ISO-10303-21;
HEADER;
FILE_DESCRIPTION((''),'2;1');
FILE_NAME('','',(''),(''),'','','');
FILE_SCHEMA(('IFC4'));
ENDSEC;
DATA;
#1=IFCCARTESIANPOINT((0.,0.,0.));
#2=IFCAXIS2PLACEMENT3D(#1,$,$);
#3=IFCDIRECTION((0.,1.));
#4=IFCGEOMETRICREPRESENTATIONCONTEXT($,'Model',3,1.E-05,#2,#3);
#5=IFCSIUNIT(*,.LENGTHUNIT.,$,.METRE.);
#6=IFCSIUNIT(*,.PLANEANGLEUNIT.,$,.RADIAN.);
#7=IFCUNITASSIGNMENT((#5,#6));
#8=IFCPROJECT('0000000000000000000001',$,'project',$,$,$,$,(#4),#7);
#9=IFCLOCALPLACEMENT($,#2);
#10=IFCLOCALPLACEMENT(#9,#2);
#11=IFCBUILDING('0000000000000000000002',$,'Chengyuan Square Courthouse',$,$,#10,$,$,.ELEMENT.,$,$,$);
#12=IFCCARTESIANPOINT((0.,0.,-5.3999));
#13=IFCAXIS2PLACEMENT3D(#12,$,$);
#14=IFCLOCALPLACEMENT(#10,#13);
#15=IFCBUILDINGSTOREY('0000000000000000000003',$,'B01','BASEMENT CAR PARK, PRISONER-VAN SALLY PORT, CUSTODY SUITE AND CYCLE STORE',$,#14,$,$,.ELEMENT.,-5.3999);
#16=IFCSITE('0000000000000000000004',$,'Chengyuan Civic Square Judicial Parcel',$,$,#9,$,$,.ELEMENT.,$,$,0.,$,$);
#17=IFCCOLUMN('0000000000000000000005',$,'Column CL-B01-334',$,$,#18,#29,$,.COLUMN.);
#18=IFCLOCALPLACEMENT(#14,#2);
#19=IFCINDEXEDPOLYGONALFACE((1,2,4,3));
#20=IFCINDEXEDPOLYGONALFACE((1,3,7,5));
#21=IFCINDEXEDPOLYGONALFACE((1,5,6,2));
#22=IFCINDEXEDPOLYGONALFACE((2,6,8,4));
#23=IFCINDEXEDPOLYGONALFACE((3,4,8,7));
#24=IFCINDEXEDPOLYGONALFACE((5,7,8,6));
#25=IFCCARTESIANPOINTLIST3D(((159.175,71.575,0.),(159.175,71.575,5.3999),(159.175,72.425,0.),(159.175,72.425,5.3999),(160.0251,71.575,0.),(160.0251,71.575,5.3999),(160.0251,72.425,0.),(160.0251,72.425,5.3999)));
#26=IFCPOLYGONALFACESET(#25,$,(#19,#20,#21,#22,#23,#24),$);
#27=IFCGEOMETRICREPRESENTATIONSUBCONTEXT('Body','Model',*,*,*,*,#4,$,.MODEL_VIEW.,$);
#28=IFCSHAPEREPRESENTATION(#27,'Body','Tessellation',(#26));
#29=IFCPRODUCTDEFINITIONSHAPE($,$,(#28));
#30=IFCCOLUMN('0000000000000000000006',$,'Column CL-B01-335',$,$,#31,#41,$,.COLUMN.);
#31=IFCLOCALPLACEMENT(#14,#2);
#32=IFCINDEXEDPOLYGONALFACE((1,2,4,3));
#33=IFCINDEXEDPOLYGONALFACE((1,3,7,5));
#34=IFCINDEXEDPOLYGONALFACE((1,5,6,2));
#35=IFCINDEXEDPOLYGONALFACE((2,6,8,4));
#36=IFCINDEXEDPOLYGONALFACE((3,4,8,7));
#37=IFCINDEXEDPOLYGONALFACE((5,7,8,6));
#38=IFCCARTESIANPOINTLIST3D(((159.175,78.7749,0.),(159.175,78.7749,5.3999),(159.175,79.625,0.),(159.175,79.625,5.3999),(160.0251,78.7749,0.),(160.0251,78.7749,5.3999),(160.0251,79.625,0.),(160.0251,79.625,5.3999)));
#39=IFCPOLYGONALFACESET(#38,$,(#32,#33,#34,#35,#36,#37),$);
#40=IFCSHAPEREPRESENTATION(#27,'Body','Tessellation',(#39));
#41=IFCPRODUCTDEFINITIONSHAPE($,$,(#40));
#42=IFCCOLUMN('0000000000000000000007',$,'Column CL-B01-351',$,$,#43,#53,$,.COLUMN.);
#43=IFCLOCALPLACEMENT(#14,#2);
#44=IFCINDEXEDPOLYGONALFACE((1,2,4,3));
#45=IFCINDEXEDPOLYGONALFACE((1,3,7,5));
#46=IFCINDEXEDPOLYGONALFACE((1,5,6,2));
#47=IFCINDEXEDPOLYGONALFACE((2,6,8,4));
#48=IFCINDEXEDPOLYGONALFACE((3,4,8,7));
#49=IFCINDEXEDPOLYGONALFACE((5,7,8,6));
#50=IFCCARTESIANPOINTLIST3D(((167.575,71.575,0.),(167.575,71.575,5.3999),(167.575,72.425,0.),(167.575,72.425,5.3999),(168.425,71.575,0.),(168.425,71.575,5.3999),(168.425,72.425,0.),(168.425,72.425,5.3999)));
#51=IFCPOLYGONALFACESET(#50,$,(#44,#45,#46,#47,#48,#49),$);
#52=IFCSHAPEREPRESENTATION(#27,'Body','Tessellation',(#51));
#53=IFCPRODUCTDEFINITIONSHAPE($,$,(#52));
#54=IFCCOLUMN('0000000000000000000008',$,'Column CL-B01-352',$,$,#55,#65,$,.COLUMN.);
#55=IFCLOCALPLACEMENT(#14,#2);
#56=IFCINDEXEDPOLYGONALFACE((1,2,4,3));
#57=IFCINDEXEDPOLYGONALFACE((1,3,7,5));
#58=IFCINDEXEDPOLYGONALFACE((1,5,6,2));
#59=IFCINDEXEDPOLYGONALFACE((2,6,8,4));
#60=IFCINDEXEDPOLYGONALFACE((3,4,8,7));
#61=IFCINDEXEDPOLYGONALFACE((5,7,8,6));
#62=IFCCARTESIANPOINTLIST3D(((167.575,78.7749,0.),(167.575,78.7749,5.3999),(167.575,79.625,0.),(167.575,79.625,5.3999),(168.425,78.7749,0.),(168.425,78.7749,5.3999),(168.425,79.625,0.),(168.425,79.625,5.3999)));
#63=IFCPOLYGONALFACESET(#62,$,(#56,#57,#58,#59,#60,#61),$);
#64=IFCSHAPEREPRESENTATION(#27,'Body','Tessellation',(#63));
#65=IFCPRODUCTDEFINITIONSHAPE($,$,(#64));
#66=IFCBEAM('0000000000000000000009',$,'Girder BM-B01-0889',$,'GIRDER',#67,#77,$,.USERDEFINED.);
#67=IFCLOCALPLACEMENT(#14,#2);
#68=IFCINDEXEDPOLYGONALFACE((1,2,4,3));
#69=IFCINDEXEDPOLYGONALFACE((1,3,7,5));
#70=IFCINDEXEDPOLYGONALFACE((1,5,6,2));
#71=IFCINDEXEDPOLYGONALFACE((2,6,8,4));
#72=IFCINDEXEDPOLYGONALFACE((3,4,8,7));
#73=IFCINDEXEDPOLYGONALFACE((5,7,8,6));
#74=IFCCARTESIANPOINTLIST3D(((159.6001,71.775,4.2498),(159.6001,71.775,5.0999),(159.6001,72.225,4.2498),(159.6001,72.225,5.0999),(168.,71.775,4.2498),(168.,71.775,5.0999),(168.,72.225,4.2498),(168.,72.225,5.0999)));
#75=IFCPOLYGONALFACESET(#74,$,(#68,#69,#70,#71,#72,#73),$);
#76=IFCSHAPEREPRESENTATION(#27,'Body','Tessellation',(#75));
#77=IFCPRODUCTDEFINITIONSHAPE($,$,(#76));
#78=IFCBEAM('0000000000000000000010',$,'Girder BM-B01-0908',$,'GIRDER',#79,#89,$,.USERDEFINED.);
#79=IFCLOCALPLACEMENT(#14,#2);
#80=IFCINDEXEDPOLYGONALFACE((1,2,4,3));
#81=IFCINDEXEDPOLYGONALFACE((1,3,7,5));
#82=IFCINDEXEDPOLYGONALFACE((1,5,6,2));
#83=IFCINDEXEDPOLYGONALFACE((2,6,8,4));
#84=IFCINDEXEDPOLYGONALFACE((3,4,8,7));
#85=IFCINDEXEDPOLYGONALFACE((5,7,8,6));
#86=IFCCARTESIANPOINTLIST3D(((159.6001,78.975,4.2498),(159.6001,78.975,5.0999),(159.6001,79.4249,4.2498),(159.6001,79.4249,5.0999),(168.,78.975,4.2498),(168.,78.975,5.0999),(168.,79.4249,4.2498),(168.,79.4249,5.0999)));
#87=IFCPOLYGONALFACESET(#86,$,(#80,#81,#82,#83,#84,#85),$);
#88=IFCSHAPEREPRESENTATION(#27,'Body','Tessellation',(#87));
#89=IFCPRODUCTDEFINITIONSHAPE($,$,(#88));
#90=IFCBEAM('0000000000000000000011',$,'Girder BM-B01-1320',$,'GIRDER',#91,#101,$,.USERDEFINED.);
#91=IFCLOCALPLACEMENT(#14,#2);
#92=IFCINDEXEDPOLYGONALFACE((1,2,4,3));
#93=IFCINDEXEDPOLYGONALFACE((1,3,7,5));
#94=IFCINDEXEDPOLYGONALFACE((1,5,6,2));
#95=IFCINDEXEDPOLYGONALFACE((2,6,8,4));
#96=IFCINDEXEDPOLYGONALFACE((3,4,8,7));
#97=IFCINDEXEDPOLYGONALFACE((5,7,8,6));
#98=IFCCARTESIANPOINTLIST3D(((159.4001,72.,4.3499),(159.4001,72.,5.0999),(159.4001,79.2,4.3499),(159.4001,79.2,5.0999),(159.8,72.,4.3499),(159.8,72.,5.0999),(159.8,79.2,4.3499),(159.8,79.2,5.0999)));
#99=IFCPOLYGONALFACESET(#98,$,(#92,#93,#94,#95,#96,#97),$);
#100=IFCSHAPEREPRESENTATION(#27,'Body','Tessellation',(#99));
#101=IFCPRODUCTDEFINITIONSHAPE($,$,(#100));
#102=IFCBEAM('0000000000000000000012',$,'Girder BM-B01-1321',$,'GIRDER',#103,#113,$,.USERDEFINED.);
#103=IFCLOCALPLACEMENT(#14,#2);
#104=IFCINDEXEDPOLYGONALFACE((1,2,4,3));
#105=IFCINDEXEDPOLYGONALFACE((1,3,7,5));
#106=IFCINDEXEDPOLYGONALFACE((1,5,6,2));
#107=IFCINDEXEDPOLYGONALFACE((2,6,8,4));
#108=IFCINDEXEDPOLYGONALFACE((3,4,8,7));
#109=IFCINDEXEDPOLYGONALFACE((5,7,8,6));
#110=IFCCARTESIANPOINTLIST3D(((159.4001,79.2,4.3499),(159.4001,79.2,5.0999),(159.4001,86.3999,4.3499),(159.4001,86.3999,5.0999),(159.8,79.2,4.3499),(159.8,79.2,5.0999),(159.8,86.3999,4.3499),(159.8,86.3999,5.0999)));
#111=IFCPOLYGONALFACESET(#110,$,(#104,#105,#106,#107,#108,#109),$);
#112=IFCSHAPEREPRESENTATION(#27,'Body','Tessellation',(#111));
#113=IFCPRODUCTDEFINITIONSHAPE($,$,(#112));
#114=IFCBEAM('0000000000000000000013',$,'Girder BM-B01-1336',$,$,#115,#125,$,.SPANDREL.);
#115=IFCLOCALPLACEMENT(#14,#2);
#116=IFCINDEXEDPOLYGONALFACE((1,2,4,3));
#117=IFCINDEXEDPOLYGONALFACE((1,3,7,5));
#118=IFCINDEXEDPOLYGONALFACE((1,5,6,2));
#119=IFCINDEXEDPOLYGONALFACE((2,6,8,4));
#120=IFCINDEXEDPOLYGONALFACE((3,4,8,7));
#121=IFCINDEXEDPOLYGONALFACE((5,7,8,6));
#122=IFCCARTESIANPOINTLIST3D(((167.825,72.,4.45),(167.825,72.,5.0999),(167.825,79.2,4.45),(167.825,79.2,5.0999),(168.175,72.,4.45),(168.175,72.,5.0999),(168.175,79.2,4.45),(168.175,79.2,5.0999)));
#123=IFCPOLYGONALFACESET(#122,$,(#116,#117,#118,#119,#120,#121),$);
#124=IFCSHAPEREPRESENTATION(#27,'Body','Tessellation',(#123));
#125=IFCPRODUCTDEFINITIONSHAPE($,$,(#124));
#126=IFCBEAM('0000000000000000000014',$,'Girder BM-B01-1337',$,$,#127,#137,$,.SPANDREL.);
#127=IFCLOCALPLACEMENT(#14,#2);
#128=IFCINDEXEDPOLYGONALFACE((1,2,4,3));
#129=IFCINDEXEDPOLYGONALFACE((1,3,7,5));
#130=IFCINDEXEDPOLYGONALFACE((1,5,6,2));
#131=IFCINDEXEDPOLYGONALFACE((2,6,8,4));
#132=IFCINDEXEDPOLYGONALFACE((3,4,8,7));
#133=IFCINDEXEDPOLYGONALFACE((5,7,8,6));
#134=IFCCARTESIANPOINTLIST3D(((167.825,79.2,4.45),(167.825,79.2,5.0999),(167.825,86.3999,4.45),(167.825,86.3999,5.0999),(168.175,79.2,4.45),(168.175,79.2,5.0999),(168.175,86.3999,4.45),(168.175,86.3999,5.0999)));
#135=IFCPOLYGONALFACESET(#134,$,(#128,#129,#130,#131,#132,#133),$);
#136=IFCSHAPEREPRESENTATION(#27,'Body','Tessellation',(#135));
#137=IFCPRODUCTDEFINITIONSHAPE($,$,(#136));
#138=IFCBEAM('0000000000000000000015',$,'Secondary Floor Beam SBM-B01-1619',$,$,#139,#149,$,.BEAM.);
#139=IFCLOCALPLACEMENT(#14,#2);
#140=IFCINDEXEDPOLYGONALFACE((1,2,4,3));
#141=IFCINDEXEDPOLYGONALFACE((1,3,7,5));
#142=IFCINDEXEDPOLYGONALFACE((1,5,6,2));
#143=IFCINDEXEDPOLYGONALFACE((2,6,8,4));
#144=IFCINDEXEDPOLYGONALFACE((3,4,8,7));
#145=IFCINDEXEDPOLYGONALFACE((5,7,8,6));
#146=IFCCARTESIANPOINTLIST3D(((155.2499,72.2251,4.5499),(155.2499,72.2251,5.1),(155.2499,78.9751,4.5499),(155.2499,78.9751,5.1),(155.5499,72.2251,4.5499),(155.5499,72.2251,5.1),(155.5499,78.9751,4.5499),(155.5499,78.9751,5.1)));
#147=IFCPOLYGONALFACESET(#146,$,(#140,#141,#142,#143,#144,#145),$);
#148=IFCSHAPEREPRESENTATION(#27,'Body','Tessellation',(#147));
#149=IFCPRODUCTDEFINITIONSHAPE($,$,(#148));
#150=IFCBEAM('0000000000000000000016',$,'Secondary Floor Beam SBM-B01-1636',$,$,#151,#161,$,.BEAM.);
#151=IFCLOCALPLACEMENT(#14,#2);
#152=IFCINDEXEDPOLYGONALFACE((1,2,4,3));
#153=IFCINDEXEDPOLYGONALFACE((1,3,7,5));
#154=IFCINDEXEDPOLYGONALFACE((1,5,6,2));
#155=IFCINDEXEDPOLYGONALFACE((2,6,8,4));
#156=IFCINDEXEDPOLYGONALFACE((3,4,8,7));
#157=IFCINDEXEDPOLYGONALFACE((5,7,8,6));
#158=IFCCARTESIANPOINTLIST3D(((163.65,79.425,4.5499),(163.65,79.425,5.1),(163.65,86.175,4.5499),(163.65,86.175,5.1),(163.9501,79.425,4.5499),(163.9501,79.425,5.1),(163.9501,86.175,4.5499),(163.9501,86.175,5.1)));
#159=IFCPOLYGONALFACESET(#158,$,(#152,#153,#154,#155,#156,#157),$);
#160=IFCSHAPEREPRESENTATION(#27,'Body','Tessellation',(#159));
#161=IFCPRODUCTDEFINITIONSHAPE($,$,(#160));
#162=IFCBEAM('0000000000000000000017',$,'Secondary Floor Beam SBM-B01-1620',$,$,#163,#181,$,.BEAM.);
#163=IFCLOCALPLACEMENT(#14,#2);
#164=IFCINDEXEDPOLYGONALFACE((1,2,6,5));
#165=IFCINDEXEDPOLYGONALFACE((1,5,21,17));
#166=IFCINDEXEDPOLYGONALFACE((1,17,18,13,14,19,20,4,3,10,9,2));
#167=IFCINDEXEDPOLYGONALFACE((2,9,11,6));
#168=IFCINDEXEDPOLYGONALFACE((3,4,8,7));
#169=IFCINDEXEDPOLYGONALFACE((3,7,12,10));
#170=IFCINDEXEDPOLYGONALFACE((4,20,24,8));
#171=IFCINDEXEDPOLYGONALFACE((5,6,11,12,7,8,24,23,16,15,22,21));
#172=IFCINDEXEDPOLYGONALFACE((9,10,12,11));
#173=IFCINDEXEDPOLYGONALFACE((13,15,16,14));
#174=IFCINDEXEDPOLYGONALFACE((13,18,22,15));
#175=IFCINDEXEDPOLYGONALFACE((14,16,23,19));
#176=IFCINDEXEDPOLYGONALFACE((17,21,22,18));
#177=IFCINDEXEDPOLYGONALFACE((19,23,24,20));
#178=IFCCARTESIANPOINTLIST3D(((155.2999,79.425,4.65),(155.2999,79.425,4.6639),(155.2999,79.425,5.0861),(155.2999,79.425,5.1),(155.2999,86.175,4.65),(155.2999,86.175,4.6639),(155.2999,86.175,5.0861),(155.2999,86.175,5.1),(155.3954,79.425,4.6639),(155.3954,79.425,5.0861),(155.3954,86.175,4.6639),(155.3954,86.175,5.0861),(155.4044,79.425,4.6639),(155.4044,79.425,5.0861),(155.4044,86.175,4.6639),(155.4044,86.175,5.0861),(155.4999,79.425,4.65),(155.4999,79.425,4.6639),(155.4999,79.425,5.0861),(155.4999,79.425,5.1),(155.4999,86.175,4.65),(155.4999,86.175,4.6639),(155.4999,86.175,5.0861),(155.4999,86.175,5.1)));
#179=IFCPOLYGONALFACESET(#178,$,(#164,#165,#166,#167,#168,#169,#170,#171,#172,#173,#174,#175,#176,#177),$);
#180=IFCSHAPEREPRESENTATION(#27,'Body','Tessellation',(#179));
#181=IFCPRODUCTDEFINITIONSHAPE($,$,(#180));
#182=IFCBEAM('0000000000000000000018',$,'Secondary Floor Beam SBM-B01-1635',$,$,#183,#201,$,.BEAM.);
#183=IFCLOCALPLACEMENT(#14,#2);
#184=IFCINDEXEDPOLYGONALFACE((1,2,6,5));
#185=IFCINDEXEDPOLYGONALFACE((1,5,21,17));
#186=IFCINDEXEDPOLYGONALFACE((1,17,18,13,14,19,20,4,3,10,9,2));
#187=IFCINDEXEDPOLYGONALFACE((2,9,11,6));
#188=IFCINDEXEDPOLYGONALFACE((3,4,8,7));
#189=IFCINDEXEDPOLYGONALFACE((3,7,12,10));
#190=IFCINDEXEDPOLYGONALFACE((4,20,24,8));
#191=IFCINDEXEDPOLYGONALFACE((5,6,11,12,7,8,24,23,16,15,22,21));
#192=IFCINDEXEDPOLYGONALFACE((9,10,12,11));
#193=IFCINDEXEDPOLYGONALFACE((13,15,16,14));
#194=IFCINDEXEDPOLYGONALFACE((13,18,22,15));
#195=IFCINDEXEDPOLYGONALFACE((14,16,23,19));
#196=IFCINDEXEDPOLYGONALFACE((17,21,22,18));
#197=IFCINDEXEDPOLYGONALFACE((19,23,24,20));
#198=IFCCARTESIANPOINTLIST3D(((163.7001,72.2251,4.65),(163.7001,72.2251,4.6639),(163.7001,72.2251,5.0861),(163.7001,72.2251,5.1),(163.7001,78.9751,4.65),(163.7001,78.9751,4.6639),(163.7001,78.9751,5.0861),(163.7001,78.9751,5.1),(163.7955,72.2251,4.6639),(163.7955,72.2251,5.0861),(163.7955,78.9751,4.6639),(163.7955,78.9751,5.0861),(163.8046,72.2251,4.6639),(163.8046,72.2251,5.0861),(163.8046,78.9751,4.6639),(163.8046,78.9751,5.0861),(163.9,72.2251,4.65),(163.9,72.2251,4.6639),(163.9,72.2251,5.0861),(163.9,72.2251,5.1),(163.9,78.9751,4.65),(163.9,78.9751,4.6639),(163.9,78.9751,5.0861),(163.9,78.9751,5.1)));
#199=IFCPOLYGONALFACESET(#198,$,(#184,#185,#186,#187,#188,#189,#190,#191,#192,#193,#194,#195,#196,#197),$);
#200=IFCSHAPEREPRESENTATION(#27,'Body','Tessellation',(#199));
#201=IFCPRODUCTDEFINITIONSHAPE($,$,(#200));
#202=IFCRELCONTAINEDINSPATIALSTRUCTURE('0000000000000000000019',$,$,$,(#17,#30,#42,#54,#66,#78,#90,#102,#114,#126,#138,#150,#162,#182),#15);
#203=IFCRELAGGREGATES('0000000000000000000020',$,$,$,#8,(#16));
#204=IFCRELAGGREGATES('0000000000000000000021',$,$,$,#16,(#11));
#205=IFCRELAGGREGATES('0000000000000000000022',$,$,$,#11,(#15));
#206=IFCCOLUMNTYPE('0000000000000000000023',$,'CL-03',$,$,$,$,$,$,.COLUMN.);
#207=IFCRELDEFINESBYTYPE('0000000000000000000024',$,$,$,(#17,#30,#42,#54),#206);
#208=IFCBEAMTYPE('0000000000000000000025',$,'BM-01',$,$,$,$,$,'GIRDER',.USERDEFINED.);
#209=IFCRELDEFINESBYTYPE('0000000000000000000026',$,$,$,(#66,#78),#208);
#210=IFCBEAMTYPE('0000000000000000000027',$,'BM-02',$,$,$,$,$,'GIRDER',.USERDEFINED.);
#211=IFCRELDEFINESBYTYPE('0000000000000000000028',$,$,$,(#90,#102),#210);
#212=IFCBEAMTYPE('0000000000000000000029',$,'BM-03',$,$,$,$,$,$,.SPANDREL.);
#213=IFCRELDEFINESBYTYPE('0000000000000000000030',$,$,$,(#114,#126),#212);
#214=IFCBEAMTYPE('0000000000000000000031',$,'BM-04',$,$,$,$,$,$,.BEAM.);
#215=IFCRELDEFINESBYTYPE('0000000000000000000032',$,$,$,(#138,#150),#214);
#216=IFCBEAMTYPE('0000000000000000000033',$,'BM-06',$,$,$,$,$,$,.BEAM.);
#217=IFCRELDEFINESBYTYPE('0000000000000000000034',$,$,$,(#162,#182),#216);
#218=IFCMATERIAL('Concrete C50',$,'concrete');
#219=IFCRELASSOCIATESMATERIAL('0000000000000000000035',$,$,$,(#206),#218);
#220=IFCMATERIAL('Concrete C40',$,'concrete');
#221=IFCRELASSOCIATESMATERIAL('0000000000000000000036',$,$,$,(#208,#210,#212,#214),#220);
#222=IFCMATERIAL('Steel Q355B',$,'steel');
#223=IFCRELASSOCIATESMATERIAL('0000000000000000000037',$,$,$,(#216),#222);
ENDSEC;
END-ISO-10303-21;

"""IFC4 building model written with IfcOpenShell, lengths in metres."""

from ifc_helpers import new_model, si_unit, direction, frame, origin, origin_2d, place, context, subcontext, project, spatial, rectangle, i_section, extrude, material, material_profile, profile_set, type_object, element, save


model = new_model("IFC4")

# Units and contexts
model_context = context("Model", 3, precision=1e-05, world=origin(), true_north=direction((0.0, 1.0)))
body_context = subcontext(model_context, "Body", "Model", "MODEL_VIEW")
ifc_project = project(units=[si_unit("LENGTHUNIT", "METRE"), si_unit("PLANEANGLEUNIT", "RADIAN")], contexts=[model_context])

# Site, building, storey
site_placement = place(None, origin())
site = spatial("IfcSite", under=ifc_project, at=site_placement, Name="Chengyuan Civic Square Judicial Parcel", CompositionType="ELEMENT", RefElevation=0.0)
building_placement = place(site_placement, origin())
building = spatial("IfcBuilding", under=site, at=building_placement, Name="Chengyuan Square Courthouse", CompositionType="ELEMENT")
storey_placement = place(building_placement, frame((0.0, 0.0, -5.3999)))
storey = spatial("IfcBuildingStorey", under=building, at=storey_placement, Name="B01", Description="BASEMENT CAR PARK, PRISONER-VAN SALLY PORT, CUSTODY SUITE AND CYCLE STORE", CompositionType="ELEMENT", Elevation=-5.3999)

# Columns
ifc_material_1 = material(Name="Concrete C50", Category="concrete")
ifc_material_profile_1 = material_profile(ifc_material_1, rectangle(XDim=0.8501, YDim=0.8501, at=origin_2d()), Name="RC-COL-850x850")
ifc_profile_set_1 = profile_set([ifc_material_profile_1], Name="Concrete C50")
column_type = type_object("IfcColumnType", Name="CL-03", PredefinedType="COLUMN", material=ifc_profile_set_1)
for number, where, z_axis, x_axis, name in (
    (1, (159.6001, 72.0, 0.0), (0.0, 0.0, 1.0), (1.0, 0.0, 0.0), "Column CL-B01-334"),
    (2, (159.6001, 79.2, 0.0), (0.0, 0.0, 1.0), (1.0, 0.0, 0.0), "Column CL-B01-335"),
    (3, (168.0, 72.0, 0.0), (0.0, 0.0, 1.0), (1.0, 0.0, 0.0), "Column CL-B01-351"),
    (4, (168.0, 79.2, 0.0), (0.0, 0.0, 1.0), (1.0, 0.0, 0.0), "Column CL-B01-352"),
):
    element("IfcColumn", number, at=place(storey_placement, frame(where, z_axis=z_axis, x_axis=x_axis)), inside=storey, type_object=column_type, Name=name, PredefinedType="COLUMN", context=body_context, shape_type="SweptSolid", body=[
        extrude(rectangle(XDim=0.8501, YDim=0.8501, at=origin_2d()), origin(), (0.0, 0.0, 1.0), 5.3999),
    ])

# Beams
ifc_material_2 = material(Name="Concrete C40", Category="concrete")
ifc_material_profile_2 = material_profile(ifc_material_2, rectangle(XDim=0.45, YDim=0.8501, at=origin_2d()), Name="RC-BM-450x850")
ifc_profile_set_2 = profile_set([ifc_material_profile_2], Name="Concrete C40")
beam_type_1 = type_object("IfcBeamType", Name="BM-01", ElementType="GIRDER", PredefinedType="USERDEFINED", material=ifc_profile_set_2)
for number, where, z_axis, x_axis, name in (
    (5, (159.6001, 72.0, 4.6748), (1.0, 0.0, 0.0), (0.0, 1.0, 0.0), "Girder BM-B01-0889"),
    (6, (159.6001, 79.2, 4.6748), (1.0, 0.0, 0.0), (0.0, 1.0, 0.0), "Girder BM-B01-0908"),
):
    element("IfcBeam", number, at=place(storey_placement, frame(where, z_axis=z_axis, x_axis=x_axis)), inside=storey, type_object=beam_type_1, Name=name, ObjectType="GIRDER", PredefinedType="USERDEFINED", context=body_context, shape_type="SweptSolid", body=[
        extrude(rectangle(XDim=0.45, YDim=0.8501, at=origin_2d()), origin(), (0.0, 0.0, 1.0), 8.3999),
    ])
ifc_material_profile_3 = material_profile(ifc_material_2, rectangle(XDim=0.3999, YDim=0.75, at=origin_2d()), Name="RC-BM-400x750")
ifc_profile_set_3 = profile_set([ifc_material_profile_3], Name="Concrete C40")
beam_type_2 = type_object("IfcBeamType", Name="BM-02", ElementType="GIRDER", PredefinedType="USERDEFINED", material=ifc_profile_set_3)
for number, where, z_axis, x_axis, name in (
    (7, (159.6001, 72.0, 4.7249), (0.0, 1.0, 0.0), (-1.0, 0.0, 0.0), "Girder BM-B01-1320"),
    (8, (159.6001, 79.2, 4.7249), (0.0, 1.0, 0.0), (-1.0, 0.0, 0.0), "Girder BM-B01-1321"),
):
    element("IfcBeam", number, at=place(storey_placement, frame(where, z_axis=z_axis, x_axis=x_axis)), inside=storey, type_object=beam_type_2, Name=name, ObjectType="GIRDER", PredefinedType="USERDEFINED", context=body_context, shape_type="SweptSolid", body=[
        extrude(rectangle(XDim=0.3999, YDim=0.75, at=origin_2d()), origin(), (0.0, 0.0, 1.0), 7.2),
    ])
ifc_material_profile_4 = material_profile(ifc_material_2, rectangle(XDim=0.3501, YDim=0.6499, at=origin_2d()), Name="RC-BM-350x650")
ifc_profile_set_4 = profile_set([ifc_material_profile_4], Name="Concrete C40")
beam_type_3 = type_object("IfcBeamType", Name="BM-03", PredefinedType="SPANDREL", material=ifc_profile_set_4)
for number, where, z_axis, x_axis, name in (
    (9, (168.0, 72.0, 4.7749), (0.0, 1.0, 0.0), (-1.0, 0.0, 0.0), "Girder BM-B01-1336"),
    (10, (168.0, 79.2, 4.7749), (0.0, 1.0, 0.0), (-1.0, 0.0, 0.0), "Girder BM-B01-1337"),
):
    element("IfcBeam", number, at=place(storey_placement, frame(where, z_axis=z_axis, x_axis=x_axis)), inside=storey, type_object=beam_type_3, Name=name, PredefinedType="SPANDREL", context=body_context, shape_type="SweptSolid", body=[
        extrude(rectangle(XDim=0.3501, YDim=0.6499, at=origin_2d()), origin(), (0.0, 0.0, 1.0), 7.2),
    ])
ifc_material_profile_5 = material_profile(ifc_material_2, rectangle(XDim=0.3, YDim=0.55, at=origin_2d()), Name="RC-BM-300x550")
ifc_profile_set_5 = profile_set([ifc_material_profile_5], Name="Concrete C40")
beam_type_4 = type_object("IfcBeamType", Name="BM-04", PredefinedType="BEAM", material=ifc_profile_set_5)
for number, where, z_axis, x_axis, name in (
    (11, (155.3999, 72.2251, 4.825), (0.0, 1.0, 0.0), (-1.0, 0.0, 0.0), "Secondary Floor Beam SBM-B01-1619"),
    (12, (163.8, 79.425, 4.825), (0.0, 1.0, 0.0), (-1.0, 0.0, 0.0), "Secondary Floor Beam SBM-B01-1636"),
):
    element("IfcBeam", number, at=place(storey_placement, frame(where, z_axis=z_axis, x_axis=x_axis)), inside=storey, type_object=beam_type_4, Name=name, PredefinedType="BEAM", context=body_context, shape_type="SweptSolid", body=[
        extrude(rectangle(XDim=0.3, YDim=0.55, at=origin_2d()), origin(), (0.0, 0.0, 1.0), 6.75),
    ])
ifc_material_3 = material(Name="Steel Q355B", Category="steel")
ifc_material_profile_6 = material_profile(ifc_material_3, i_section(OverallWidth=0.2, OverallDepth=0.45, WebThickness=0.009, FlangeThickness=0.0139, at=origin_2d()), Name="HN 450x200x9x14")
ifc_profile_set_6 = profile_set([ifc_material_profile_6], Name="Steel Q355B")
beam_type_5 = type_object("IfcBeamType", Name="BM-06", PredefinedType="BEAM", material=ifc_profile_set_6)
for number, where, z_axis, x_axis, name in (
    (13, (155.3999, 79.425, 4.875), (0.0, 1.0, 0.0), (-1.0, 0.0, 0.0), "Secondary Floor Beam SBM-B01-1620"),
    (14, (163.8, 72.2251, 4.875), (0.0, 1.0, 0.0), (-1.0, 0.0, 0.0), "Secondary Floor Beam SBM-B01-1635"),
):
    element("IfcBeam", number, at=place(storey_placement, frame(where, z_axis=z_axis, x_axis=x_axis)), inside=storey, type_object=beam_type_5, Name=name, PredefinedType="BEAM", context=body_context, shape_type="SweptSolid", body=[
        extrude(i_section(OverallWidth=0.2, OverallDepth=0.45, WebThickness=0.009, FlangeThickness=0.0139, at=origin_2d()), origin(), (0.0, 0.0, 1.0), 6.75),
    ])

save(model, "model.ifc")
